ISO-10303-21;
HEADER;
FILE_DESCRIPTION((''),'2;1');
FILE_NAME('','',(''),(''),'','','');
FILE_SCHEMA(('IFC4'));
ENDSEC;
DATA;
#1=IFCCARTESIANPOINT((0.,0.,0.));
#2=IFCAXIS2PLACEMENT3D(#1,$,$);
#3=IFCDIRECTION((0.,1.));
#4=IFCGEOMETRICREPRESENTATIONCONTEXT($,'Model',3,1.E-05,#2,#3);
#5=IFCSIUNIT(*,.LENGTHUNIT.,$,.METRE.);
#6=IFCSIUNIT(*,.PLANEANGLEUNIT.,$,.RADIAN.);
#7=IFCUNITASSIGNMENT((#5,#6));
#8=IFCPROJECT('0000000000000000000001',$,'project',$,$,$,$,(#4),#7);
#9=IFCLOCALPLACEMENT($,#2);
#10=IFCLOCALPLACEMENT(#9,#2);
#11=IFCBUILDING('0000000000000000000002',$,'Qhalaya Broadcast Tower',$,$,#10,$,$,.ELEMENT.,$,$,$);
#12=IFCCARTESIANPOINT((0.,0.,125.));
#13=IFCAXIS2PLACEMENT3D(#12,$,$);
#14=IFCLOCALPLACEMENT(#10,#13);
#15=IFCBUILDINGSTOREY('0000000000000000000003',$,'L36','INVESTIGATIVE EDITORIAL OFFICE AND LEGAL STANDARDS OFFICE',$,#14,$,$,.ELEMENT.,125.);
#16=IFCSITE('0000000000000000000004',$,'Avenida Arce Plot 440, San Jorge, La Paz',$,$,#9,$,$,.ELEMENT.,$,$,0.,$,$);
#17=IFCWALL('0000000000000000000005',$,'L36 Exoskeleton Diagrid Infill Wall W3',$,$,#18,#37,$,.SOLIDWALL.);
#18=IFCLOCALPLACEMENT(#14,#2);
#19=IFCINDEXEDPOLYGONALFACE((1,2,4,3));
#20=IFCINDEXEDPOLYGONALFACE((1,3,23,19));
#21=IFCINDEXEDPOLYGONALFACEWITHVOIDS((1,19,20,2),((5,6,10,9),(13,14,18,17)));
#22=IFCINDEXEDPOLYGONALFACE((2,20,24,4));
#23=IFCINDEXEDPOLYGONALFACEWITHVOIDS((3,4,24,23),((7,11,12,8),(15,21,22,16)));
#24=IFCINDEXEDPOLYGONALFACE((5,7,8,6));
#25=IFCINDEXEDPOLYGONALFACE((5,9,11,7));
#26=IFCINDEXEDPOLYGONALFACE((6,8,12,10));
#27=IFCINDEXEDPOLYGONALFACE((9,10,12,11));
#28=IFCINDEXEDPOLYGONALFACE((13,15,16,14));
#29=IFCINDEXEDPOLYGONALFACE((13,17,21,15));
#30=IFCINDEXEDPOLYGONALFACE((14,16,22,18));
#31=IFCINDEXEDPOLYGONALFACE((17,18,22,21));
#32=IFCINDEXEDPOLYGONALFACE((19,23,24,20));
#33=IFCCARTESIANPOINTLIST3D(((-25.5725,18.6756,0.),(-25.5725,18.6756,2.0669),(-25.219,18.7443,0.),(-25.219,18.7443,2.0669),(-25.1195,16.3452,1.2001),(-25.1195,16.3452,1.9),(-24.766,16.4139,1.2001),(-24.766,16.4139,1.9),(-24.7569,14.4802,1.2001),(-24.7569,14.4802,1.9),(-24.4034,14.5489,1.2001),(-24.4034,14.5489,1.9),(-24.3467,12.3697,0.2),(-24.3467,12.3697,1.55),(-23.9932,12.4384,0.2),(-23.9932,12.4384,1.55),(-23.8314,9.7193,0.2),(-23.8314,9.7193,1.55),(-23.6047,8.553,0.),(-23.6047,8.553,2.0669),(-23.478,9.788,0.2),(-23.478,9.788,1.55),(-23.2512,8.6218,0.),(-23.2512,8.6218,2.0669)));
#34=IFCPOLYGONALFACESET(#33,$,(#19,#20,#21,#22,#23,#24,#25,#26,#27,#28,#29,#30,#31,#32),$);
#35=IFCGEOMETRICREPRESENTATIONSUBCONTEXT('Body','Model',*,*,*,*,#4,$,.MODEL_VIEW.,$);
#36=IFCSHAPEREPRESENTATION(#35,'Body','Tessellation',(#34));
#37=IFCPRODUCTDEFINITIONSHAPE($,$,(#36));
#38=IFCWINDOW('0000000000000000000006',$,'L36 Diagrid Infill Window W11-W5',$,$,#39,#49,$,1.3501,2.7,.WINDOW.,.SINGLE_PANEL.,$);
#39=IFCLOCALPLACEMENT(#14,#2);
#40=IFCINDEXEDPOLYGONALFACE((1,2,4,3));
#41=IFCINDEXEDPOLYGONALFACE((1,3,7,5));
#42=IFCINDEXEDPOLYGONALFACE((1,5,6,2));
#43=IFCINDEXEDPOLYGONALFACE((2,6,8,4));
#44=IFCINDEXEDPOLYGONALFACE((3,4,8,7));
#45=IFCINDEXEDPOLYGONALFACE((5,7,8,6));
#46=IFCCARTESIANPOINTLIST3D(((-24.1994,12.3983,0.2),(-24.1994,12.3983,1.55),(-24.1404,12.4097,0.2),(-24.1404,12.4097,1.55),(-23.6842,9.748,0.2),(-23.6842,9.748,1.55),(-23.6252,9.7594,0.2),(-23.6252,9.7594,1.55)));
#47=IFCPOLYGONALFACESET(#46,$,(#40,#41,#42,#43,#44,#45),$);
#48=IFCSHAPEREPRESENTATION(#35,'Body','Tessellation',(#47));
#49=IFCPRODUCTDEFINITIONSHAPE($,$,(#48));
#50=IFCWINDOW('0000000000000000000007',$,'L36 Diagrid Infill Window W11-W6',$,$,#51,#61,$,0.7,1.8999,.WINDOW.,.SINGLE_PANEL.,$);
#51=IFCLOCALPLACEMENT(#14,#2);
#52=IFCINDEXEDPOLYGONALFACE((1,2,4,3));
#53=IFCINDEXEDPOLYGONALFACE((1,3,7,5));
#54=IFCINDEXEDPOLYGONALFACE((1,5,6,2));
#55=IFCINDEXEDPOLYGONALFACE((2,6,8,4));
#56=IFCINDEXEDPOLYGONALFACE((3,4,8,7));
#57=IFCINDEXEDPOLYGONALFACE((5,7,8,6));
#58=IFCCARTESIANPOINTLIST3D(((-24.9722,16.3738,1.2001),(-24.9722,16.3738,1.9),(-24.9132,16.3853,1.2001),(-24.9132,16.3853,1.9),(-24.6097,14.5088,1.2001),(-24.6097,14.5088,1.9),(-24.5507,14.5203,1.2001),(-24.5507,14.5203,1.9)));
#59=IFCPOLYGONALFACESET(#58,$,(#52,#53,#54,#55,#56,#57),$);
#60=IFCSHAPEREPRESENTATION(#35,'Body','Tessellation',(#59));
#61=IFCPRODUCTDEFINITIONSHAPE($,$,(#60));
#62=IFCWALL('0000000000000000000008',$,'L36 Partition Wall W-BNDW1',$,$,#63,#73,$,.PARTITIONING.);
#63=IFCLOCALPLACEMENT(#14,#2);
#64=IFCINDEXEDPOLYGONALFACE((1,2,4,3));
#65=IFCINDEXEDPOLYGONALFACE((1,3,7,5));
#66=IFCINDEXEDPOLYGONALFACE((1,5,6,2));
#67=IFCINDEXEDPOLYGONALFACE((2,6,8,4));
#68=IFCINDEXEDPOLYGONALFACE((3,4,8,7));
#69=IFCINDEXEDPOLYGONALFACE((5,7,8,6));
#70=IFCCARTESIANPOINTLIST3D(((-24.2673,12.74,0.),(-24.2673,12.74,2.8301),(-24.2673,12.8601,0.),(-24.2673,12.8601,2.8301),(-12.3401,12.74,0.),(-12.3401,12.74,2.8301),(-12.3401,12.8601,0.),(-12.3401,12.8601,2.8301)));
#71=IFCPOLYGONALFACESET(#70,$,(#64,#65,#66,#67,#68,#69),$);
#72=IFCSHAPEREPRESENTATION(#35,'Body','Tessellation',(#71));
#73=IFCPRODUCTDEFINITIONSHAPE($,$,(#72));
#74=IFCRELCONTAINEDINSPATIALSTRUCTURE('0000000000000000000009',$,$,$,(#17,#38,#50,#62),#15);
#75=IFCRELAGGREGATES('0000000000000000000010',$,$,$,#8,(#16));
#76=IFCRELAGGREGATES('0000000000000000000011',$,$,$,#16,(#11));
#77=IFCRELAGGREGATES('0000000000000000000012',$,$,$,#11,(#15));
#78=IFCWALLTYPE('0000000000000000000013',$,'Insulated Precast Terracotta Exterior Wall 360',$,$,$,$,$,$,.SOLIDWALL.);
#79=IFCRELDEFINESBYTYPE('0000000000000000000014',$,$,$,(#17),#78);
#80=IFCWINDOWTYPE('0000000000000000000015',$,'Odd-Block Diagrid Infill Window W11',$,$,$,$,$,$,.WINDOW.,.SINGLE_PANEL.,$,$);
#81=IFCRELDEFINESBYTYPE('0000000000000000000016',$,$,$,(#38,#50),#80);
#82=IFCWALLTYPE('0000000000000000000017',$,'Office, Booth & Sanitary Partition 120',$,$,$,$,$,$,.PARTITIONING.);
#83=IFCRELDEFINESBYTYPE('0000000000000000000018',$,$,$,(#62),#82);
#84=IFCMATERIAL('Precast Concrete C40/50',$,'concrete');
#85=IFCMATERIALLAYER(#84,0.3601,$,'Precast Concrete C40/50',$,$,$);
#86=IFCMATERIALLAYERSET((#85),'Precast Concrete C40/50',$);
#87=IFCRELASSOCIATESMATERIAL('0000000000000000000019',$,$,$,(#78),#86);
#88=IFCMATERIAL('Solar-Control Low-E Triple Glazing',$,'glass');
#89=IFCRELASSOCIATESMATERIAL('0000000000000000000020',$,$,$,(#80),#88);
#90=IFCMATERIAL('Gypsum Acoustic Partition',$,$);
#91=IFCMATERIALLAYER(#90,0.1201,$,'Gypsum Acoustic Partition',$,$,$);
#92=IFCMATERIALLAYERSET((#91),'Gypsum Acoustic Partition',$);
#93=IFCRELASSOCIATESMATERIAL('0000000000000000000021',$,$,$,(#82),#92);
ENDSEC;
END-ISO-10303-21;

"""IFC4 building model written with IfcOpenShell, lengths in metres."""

from ifc_helpers import new_model, si_unit, direction, frame, frame_2d, origin, place, context, subcontext, project, spatial, rectangle, extrude, material, layer, layer_set, type_object, element, fill, save


model = new_model("IFC4")

# Units and contexts
model_context = context("Model", 3, precision=1e-05, world=origin(), true_north=direction((0.0, 1.0)))
body_context = subcontext(model_context, "Body", "Model", "MODEL_VIEW")
ifc_project = project(units=[si_unit("LENGTHUNIT", "METRE"), si_unit("PLANEANGLEUNIT", "RADIAN")], contexts=[model_context])

# Site, building, storey
site_placement = place(None, origin())
site = spatial("IfcSite", under=ifc_project, at=site_placement, Name="Avenida Arce Plot 440, San Jorge, La Paz", CompositionType="ELEMENT", RefElevation=0.0)
building_placement = place(site_placement, origin())
building = spatial("IfcBuilding", under=site, at=building_placement, Name="Qhalaya Broadcast Tower", CompositionType="ELEMENT")
storey_placement = place(building_placement, frame((0.0, 0.0, 125.0)))
storey = spatial("IfcBuildingStorey", under=building, at=storey_placement, Name="L36", Description="INVESTIGATIVE EDITORIAL OFFICE AND LEGAL STANDARDS OFFICE", CompositionType="ELEMENT", Elevation=125.0)

# Shared definitions
ifc_material_1 = material(Name="Gypsum Acoustic Partition")

# Wall, openings, windows
ifc_material_2 = material(Name="Precast Concrete C40/50", Category="concrete")
ifc_layer_1 = layer(ifc_material_2, 0.3601, Name="Precast Concrete C40/50")
ifc_layer_set_1 = layer_set([ifc_layer_1], Name="Precast Concrete C40/50")
wall_type_1 = type_object("IfcWallType", Name="Insulated Precast Terracotta Exterior Wall 360", PredefinedType="SOLIDWALL", material=ifc_layer_set_1)
wall_1_placement = place(storey_placement, frame((-23.428, 8.5874, 0.0), z_axis=(0.0, 0.0, 1.0), x_axis=(-0.190823, 0.981625, 0.0)))
wall_1 = element("IfcWall", 1, at=wall_1_placement, inside=storey, type_object=wall_type_1, Name="L36 Exoskeleton Diagrid Infill Wall W3", PredefinedType="SOLIDWALL", context=body_context, shape_type="SweptSolid", body=[
    extrude(rectangle(XDim=10.312, YDim=0.3601, at=frame_2d((5.156, 0.0))), origin(), (0.0, 0.0, 1.0), 2.0669),
])
opening_1_placement = place(wall_1_placement, frame((1.188, 0.0, 0.2)))
opening_1 = element("IfcOpeningElement", 2, at=opening_1_placement, cuts=wall_1, PredefinedType="OPENING", context=body_context, shape_type="SweptSolid", body=[
    extrude(rectangle(XDim=2.7, YDim=1.3501, at=frame_2d((1.3501, 0.675))), frame((0.0, 0.1921, 0.0), z_axis=(0.0, -1.0, 0.0), x_axis=(1.0, 0.0, 0.0)), (0.0, 0.0, 1.0), 0.384),
])
opening_2_placement = place(wall_1_placement, frame((6.0381, 0.0, 1.2)))
opening_2 = element("IfcOpeningElement", 3, at=opening_2_placement, cuts=wall_1, PredefinedType="OPENING", context=body_context, shape_type="SweptSolid", body=[
    extrude(rectangle(XDim=1.8999, YDim=0.7, at=frame_2d((0.95, 0.3501))), frame((0.0, 0.1921, 0.0), z_axis=(0.0, -1.0, 0.0), x_axis=(1.0, 0.0, 0.0)), (0.0, 0.0, 1.0), 0.384),
])
ifc_material_3 = material(Name="Solar-Control Low-E Triple Glazing", Category="glass")
window_type = type_object("IfcWindowType", Name="Odd-Block Diagrid Infill Window W11", PartitioningType="SINGLE_PANEL", PredefinedType="WINDOW", material=ifc_material_3)
window_1_placement = place(opening_1_placement, origin())
window_1 = element("IfcWindow", 4, at=window_1_placement, inside=storey, type_object=window_type, Name="L36 Diagrid Infill Window W11-W5", OverallHeight=1.3501, OverallWidth=2.7, PartitioningType="SINGLE_PANEL", PredefinedType="WINDOW", context=body_context, shape_type="SweptSolid", body=[
    extrude(rectangle(XDim=2.7, YDim=1.3501, at=frame_2d((1.3501, 0.675))), frame((0.0, 0.03, 0.0), z_axis=(0.0, -1.0, 0.0), x_axis=(1.0, 0.0, 0.0)), (0.0, 0.0, 1.0), 0.0601),
])
fill(opening_1, window_1)
window_2_placement = place(opening_2_placement, origin())
window_2 = element("IfcWindow", 5, at=window_2_placement, inside=storey, type_object=window_type, Name="L36 Diagrid Infill Window W11-W6", OverallHeight=0.7, OverallWidth=1.8999, PartitioningType="SINGLE_PANEL", PredefinedType="WINDOW", context=body_context, shape_type="SweptSolid", body=[
    extrude(rectangle(XDim=1.8999, YDim=0.7, at=frame_2d((0.95, 0.3501))), frame((0.0, 0.03, 0.0), z_axis=(0.0, -1.0, 0.0), x_axis=(1.0, 0.0, 0.0)), (0.0, 0.0, 1.0), 0.0601),
])
fill(opening_2, window_2)

# Wall
ifc_layer_2 = layer(ifc_material_1, 0.1201, Name="Gypsum Acoustic Partition")
ifc_layer_set_2 = layer_set([ifc_layer_2], Name="Gypsum Acoustic Partition")
wall_type_2 = type_object("IfcWallType", Name="Office, Booth & Sanitary Partition 120", PredefinedType="PARTITIONING", material=ifc_layer_set_2)
wall_2_placement = place(storey_placement, frame((-24.2673, 12.8, 0.0), z_axis=(0.0, 0.0, 1.0), x_axis=(1.0, 0.0, 0.0)))
element("IfcWall", 6, at=wall_2_placement, inside=storey, type_object=wall_type_2, Name="L36 Partition Wall W-BNDW1", PredefinedType="PARTITIONING", context=body_context, shape_type="SweptSolid", body=[
    extrude(rectangle(XDim=11.9272, YDim=0.1201, at=frame_2d((5.9636, 0.0))), origin(), (0.0, 0.0, 1.0), 2.8301),
])

save(model, "model.ifc")
